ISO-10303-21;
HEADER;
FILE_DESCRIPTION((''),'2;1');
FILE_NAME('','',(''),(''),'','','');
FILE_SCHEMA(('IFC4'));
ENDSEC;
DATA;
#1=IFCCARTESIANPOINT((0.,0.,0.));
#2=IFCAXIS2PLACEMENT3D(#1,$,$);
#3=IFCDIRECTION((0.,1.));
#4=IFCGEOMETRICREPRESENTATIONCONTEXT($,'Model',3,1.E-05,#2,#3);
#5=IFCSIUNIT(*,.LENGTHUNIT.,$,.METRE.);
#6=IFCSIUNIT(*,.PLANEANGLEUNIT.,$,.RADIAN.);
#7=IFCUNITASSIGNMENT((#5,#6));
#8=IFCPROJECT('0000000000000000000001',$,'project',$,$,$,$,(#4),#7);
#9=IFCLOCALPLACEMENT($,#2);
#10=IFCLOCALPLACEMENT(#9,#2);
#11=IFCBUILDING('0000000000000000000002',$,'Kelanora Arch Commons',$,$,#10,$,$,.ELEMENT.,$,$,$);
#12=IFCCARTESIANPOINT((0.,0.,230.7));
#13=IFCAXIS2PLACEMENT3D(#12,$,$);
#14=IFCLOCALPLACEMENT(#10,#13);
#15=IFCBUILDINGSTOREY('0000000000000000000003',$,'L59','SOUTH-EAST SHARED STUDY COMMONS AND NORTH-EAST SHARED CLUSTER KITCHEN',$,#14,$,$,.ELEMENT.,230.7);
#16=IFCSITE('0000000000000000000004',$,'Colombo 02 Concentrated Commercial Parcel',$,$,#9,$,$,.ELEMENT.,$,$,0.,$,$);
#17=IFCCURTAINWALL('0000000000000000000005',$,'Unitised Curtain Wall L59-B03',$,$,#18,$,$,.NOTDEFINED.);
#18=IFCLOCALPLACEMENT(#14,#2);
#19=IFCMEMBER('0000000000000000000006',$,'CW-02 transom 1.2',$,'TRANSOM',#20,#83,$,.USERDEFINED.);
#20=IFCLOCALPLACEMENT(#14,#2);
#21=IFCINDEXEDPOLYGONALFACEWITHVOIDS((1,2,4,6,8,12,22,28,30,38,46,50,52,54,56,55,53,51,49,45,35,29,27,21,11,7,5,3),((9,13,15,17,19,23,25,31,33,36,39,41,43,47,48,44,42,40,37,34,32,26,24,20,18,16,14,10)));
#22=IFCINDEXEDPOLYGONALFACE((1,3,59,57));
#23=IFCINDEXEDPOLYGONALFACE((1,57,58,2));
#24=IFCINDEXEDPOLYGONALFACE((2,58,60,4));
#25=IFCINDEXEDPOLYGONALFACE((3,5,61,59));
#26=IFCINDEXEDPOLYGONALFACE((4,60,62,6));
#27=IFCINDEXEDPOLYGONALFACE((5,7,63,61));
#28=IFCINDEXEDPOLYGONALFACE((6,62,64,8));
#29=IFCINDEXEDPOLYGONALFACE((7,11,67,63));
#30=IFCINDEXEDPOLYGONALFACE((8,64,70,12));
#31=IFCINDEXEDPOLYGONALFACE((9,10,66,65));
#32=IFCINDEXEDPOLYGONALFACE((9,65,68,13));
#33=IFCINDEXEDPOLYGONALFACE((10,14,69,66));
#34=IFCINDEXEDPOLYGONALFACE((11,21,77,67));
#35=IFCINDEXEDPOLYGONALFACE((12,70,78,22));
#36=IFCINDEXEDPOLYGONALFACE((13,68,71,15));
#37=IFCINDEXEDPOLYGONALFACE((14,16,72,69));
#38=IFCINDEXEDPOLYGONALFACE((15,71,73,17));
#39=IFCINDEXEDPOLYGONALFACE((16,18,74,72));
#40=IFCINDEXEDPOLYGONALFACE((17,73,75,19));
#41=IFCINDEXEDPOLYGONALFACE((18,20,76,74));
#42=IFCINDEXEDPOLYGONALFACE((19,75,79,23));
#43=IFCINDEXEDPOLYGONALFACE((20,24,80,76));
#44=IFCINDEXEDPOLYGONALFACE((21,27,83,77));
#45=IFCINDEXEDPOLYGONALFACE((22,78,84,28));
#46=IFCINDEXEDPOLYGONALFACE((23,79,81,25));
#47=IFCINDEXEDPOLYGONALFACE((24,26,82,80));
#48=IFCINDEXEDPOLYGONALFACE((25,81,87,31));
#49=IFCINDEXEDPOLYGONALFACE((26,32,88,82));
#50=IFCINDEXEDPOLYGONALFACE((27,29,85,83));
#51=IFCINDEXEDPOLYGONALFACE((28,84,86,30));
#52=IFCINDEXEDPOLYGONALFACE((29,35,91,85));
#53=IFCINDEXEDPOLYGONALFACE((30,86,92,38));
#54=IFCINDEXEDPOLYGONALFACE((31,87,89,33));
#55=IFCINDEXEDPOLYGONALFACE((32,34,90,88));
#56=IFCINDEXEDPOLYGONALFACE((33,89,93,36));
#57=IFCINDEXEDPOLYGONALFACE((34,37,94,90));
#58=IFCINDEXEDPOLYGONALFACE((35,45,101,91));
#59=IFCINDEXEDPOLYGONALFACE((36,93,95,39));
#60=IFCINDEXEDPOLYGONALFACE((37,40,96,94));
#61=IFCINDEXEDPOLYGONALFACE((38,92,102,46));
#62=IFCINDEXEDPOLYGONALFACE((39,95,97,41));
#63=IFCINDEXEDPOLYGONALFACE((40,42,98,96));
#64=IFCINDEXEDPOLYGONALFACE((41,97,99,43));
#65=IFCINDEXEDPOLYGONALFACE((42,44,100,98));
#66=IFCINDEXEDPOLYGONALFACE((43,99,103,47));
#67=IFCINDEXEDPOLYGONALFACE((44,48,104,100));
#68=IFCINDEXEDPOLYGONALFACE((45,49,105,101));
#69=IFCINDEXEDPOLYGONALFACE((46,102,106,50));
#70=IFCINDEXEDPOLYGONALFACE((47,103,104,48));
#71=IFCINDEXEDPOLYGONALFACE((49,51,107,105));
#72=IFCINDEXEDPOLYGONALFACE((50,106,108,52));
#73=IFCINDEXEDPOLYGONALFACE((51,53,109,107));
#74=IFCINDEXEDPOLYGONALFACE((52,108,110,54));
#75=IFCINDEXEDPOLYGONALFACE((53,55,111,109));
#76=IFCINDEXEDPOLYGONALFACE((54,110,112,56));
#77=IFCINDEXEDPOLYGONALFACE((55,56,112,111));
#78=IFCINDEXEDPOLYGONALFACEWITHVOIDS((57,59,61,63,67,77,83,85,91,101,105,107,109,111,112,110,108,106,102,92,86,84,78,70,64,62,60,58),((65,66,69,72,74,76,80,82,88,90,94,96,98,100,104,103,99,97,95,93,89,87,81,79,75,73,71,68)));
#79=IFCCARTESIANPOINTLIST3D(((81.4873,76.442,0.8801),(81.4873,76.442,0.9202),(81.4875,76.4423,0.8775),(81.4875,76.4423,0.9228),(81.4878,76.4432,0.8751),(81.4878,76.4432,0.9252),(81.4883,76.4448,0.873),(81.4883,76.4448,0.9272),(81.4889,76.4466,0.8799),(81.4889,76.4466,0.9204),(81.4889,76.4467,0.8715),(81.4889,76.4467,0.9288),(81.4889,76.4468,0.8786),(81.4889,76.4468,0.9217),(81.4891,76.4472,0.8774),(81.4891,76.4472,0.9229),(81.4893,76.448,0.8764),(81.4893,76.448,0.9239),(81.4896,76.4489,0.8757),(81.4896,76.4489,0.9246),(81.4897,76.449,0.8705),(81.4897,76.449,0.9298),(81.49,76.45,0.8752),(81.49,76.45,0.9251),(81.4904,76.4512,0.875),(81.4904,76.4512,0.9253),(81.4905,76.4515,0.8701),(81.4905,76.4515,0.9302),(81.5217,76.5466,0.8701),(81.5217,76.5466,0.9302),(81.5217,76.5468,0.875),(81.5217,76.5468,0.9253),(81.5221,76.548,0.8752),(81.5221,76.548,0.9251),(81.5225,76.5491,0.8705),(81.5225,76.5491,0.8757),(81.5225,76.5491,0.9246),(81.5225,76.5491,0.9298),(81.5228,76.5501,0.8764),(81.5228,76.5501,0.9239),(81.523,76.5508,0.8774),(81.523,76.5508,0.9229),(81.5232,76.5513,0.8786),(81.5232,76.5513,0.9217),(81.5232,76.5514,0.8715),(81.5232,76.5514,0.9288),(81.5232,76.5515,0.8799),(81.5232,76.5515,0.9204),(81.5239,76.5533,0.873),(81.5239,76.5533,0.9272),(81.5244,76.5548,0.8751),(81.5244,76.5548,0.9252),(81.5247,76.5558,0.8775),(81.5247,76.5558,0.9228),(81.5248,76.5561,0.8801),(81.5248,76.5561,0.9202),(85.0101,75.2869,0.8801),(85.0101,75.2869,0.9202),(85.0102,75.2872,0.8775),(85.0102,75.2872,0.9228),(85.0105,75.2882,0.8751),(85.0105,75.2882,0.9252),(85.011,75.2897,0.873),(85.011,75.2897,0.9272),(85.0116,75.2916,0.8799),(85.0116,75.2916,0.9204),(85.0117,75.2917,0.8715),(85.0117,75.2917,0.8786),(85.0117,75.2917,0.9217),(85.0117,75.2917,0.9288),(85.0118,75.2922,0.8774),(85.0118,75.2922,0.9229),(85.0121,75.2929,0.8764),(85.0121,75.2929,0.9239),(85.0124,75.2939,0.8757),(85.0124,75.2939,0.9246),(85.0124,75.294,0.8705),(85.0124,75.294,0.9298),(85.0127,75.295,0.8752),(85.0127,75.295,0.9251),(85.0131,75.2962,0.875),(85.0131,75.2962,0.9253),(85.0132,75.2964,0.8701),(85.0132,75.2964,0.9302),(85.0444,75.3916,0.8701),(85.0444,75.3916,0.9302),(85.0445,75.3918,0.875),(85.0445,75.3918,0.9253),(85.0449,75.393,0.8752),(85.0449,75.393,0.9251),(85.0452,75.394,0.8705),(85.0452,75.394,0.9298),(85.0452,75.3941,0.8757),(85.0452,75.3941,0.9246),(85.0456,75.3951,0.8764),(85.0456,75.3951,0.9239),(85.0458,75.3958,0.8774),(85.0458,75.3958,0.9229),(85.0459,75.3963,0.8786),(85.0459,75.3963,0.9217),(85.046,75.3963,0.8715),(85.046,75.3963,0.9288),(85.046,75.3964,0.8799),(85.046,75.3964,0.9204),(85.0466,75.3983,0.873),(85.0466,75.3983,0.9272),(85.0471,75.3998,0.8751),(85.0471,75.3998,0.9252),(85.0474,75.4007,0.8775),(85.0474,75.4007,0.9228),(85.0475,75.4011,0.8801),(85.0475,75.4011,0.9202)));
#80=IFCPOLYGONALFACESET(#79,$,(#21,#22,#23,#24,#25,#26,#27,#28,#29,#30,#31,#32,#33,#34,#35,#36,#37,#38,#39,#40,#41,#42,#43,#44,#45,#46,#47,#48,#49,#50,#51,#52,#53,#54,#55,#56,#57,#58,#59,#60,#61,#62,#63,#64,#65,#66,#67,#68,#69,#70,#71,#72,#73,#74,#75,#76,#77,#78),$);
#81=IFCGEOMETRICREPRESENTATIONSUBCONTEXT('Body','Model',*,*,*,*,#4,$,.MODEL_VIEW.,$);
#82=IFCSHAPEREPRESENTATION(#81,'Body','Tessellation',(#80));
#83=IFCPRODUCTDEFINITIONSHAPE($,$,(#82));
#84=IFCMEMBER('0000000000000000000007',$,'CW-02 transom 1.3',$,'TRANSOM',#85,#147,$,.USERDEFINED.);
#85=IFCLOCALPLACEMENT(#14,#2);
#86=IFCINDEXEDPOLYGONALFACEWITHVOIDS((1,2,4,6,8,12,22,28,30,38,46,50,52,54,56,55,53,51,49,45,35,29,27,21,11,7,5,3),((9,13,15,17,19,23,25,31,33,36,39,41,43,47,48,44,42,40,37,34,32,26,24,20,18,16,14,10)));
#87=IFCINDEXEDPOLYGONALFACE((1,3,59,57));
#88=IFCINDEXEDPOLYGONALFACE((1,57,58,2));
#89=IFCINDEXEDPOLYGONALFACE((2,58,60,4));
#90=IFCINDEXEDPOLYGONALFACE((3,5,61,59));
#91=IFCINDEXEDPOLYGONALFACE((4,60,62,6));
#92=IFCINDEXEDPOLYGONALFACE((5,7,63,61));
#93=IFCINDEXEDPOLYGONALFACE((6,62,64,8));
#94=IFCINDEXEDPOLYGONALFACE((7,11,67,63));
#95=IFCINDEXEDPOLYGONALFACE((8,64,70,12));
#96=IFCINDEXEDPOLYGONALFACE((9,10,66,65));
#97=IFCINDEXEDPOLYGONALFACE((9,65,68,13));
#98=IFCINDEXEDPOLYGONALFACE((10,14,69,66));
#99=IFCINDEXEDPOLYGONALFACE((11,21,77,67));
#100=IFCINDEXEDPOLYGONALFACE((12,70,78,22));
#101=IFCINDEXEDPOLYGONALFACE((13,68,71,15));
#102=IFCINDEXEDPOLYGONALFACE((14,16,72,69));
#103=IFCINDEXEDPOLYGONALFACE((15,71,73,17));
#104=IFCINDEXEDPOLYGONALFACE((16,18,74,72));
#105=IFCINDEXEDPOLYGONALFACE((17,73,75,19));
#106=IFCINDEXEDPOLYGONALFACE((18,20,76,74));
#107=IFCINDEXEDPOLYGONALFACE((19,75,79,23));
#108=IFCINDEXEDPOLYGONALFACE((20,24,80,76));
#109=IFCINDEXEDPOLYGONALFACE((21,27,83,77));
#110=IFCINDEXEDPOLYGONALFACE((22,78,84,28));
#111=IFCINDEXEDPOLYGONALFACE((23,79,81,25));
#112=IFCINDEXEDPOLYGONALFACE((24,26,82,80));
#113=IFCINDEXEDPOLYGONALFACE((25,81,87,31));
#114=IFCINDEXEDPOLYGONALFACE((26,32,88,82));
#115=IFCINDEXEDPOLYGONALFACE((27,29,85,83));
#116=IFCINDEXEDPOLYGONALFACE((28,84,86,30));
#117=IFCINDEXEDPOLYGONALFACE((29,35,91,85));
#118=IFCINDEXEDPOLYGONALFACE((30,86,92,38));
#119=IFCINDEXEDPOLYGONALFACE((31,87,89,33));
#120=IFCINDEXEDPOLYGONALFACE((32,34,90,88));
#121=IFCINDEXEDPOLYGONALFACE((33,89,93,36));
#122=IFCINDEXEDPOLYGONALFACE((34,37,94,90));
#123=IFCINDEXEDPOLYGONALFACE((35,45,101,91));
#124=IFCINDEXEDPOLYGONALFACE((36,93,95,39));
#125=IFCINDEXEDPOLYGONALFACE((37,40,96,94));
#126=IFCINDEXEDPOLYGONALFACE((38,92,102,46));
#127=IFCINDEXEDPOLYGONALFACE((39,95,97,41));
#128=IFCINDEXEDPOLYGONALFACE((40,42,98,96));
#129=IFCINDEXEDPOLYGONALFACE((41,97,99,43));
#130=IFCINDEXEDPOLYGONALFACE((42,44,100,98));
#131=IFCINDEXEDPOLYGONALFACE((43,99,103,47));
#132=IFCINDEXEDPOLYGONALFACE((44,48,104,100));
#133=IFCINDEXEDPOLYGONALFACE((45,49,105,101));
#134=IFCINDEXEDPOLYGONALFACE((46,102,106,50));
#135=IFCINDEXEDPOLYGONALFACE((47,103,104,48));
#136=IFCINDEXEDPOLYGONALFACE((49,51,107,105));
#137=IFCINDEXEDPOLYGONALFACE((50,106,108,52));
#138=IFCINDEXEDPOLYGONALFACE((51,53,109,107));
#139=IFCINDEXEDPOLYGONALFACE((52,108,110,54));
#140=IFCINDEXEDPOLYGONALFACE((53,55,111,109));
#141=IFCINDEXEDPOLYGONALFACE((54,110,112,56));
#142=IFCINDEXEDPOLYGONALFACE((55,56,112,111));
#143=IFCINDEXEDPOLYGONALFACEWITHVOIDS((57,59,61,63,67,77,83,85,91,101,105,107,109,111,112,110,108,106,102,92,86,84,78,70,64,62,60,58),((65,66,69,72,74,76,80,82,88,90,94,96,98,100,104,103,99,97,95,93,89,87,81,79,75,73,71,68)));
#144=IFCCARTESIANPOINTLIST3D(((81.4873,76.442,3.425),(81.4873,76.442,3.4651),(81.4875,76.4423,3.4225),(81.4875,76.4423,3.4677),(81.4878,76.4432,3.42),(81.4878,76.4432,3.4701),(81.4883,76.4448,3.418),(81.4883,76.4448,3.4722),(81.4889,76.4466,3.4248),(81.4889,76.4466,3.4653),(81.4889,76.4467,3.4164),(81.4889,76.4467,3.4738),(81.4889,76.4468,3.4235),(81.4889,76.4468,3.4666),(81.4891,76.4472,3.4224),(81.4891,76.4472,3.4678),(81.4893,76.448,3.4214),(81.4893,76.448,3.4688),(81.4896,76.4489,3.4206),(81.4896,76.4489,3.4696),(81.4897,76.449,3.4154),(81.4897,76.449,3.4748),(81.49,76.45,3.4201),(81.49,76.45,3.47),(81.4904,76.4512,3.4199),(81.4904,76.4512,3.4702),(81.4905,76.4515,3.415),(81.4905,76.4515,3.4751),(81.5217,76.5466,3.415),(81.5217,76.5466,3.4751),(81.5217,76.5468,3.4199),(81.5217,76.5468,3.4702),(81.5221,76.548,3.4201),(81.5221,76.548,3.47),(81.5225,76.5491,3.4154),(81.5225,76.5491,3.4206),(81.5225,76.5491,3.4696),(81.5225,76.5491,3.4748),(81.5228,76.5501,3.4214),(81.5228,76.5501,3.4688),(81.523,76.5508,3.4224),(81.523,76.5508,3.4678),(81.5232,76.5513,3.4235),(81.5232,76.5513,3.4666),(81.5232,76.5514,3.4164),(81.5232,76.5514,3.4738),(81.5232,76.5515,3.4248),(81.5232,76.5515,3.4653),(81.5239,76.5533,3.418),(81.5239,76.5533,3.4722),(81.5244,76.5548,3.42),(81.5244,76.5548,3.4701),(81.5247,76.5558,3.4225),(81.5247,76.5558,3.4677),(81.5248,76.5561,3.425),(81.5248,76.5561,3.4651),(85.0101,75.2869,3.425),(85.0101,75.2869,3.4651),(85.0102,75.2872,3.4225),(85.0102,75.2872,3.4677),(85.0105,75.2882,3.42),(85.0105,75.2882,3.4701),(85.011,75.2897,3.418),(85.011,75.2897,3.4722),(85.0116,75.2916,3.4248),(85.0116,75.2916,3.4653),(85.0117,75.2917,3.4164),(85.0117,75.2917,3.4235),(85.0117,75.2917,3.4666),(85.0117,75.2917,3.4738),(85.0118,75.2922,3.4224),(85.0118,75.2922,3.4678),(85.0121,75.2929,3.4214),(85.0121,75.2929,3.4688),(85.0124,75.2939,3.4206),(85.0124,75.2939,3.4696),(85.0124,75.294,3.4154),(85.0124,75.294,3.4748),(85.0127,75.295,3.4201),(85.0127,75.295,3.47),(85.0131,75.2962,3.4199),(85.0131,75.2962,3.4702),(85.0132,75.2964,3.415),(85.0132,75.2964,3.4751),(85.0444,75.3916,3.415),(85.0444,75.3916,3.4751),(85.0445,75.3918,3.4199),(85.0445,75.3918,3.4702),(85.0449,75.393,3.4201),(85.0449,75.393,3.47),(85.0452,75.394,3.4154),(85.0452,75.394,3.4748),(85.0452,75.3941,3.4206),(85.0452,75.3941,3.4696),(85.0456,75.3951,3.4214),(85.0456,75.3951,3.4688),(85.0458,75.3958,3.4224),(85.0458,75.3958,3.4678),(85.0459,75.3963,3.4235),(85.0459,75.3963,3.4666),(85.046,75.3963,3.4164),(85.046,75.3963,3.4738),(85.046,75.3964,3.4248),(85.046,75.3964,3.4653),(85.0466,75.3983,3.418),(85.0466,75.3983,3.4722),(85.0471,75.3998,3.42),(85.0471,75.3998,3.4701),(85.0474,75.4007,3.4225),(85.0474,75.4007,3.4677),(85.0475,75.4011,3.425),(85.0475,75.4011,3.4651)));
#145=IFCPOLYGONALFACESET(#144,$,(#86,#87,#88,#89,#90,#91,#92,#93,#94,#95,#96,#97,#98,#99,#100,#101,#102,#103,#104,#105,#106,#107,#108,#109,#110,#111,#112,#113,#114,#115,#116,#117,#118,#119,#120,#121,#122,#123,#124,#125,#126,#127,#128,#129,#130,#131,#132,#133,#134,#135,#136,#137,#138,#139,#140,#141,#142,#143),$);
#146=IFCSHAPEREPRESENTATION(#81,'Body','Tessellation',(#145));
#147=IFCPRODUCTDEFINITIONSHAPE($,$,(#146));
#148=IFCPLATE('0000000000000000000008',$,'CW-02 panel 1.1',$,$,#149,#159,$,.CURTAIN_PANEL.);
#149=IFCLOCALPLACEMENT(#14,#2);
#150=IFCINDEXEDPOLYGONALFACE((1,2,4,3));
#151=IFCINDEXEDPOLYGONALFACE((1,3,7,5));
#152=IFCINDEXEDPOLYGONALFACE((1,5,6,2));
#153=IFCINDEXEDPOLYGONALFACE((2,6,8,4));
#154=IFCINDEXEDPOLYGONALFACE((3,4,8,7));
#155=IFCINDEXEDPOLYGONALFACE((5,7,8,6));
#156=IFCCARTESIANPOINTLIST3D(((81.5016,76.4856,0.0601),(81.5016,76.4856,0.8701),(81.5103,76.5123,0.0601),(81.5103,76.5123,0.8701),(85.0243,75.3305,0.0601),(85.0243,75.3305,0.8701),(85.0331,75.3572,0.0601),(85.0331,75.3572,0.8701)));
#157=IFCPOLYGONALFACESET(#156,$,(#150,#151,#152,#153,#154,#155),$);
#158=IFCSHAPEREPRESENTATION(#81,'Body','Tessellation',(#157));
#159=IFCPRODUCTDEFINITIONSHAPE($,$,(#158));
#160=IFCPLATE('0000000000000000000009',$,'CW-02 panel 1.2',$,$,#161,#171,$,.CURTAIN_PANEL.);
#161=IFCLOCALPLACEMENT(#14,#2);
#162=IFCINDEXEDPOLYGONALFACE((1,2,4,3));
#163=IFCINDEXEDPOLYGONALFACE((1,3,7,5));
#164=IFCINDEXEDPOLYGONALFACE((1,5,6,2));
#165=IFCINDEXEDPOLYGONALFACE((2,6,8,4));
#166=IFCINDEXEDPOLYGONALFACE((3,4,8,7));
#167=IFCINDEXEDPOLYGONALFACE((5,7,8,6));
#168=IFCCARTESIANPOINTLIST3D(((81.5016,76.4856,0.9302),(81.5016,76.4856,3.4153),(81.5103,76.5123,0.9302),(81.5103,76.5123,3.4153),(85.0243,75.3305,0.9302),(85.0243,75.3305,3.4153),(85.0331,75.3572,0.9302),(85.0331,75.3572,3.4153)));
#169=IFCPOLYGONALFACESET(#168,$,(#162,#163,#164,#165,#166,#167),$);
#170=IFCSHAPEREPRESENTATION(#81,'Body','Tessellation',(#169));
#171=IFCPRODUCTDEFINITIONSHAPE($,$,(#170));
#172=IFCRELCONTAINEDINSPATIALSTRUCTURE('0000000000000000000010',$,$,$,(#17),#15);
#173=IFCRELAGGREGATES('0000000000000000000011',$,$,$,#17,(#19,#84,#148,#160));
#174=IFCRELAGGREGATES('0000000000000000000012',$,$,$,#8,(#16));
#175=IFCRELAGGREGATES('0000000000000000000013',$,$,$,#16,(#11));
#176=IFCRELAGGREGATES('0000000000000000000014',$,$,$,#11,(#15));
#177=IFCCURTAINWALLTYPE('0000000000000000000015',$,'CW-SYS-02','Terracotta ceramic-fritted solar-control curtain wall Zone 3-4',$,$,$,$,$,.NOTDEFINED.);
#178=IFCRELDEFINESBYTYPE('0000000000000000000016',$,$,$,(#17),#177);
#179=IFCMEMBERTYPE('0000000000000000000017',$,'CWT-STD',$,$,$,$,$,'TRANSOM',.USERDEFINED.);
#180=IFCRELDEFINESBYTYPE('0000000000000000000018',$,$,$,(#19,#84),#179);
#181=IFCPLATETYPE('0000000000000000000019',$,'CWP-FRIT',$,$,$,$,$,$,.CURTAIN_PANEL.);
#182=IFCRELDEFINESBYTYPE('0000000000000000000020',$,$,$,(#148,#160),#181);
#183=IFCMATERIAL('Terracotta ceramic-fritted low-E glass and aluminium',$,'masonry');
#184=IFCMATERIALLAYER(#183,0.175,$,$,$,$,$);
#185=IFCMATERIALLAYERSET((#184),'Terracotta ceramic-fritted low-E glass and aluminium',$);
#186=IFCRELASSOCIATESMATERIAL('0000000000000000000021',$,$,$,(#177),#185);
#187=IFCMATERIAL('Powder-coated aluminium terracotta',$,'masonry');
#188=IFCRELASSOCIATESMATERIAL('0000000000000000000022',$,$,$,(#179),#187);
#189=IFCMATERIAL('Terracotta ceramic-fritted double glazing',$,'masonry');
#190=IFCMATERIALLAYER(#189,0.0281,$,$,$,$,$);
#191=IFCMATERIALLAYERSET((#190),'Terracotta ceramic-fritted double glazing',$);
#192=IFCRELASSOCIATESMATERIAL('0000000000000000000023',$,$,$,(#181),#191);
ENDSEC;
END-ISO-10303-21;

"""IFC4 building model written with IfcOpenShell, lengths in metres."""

from ifc_helpers import new_model, si_unit, direction, frame, origin, origin_2d, place, context, subcontext, project, spatial, rectangle, hollow_rectangle, extrude, source, transform, mapped, material, layer, layer_set, material_profile, profile_set, type_object, element, aggregate, save


model = new_model("IFC4")

# Units and contexts
model_context = context("Model", 3, precision=1e-05, world=origin(), true_north=direction((0.0, 1.0)))
body_context = subcontext(model_context, "Body", "Model", "MODEL_VIEW")
ifc_project = project(units=[si_unit("LENGTHUNIT", "METRE"), si_unit("PLANEANGLEUNIT", "RADIAN")], contexts=[model_context])

# Site, building, storey
site_placement = place(None, origin())
site = spatial("IfcSite", under=ifc_project, at=site_placement, Name="Colombo 02 Concentrated Commercial Parcel", CompositionType="ELEMENT", RefElevation=0.0)
building_placement = place(site_placement, origin())
building = spatial("IfcBuilding", under=site, at=building_placement, Name="Kelanora Arch Commons", CompositionType="ELEMENT")
storey_placement = place(building_placement, frame((0.0, 0.0, 230.7)))
storey = spatial("IfcBuildingStorey", under=building, at=storey_placement, Name="L59", Description="SOUTH-EAST SHARED STUDY COMMONS AND NORTH-EAST SHARED CLUSTER KITCHEN", CompositionType="ELEMENT", Elevation=230.7)

# Shared definitions
ifc_material_1 = material(Name="Terracotta ceramic-fritted low-E glass and aluminium", Category="masonry")
ifc_layer_1 = layer(ifc_material_1, 0.175)
ifc_layer_set_1 = layer_set([ifc_layer_1], Name="Terracotta ceramic-fritted low-E glass and aluminium")
curtain_wall_type = type_object("IfcCurtainWallType", Name="CW-SYS-02", Description="Terracotta ceramic-fritted solar-control curtain wall Zone 3-4", PredefinedType="NOTDEFINED", material=ifc_layer_set_1)
ifc_material_2 = material(Name="Powder-coated aluminium terracotta", Category="masonry")

# Curtain wall, members, plates
curtain_wall_1_placement = place(storey_placement, origin())
curtain_wall_1 = element("IfcCurtainWall", 1, at=curtain_wall_1_placement, inside=storey, type_object=curtain_wall_type, Name="Unitised Curtain Wall L59-B03", PredefinedType="NOTDEFINED")
ifc_material_profile_1 = material_profile(ifc_material_2, hollow_rectangle(XDim=0.1201, YDim=0.0601, WallThickness=0.0049, InnerFilletRadius=0.0049, OuterFilletRadius=0.01, at=origin_2d()), Name="CWT120x60")
ifc_profile_set_1 = profile_set([ifc_material_profile_1], Name="Powder-coated aluminium terracotta")
member_type_1 = type_object("IfcMemberType", Name="CWT-STD", ElementType="TRANSOM", PredefinedType="USERDEFINED", material=ifc_profile_set_1)
member_1_placement = place(storey_placement, frame((85.0288, 75.344, 0.9001), z_axis=(-0.950226, 0.311561, 0.0), x_axis=(-0.311561, -0.950226, 0.0)))
member_1 = element("IfcMember", 2, at=member_1_placement, type_object=member_type_1, Name="CW-02 transom 1.2", ObjectType="TRANSOM", PredefinedType="USERDEFINED", context=body_context, shape_type="SweptSolid", body=[
    extrude(hollow_rectangle(XDim=0.1201, YDim=0.0601, WallThickness=0.0049, InnerFilletRadius=0.0049, OuterFilletRadius=0.01, at=origin_2d()), origin(), (0.0, 0.0, 1.0), 3.7073),
])
member_2_placement = place(storey_placement, frame((85.0288, 75.344, 3.4451), z_axis=(-0.950226, 0.311561, 0.0), x_axis=(-0.311561, -0.950226, 0.0)))
member_2 = element("IfcMember", 3, at=member_2_placement, type_object=member_type_1, Name="CW-02 transom 1.3", ObjectType="TRANSOM", PredefinedType="USERDEFINED", context=body_context, shape_type="SweptSolid", body=[
    extrude(hollow_rectangle(XDim=0.1201, YDim=0.0601, WallThickness=0.0049, InnerFilletRadius=0.0049, OuterFilletRadius=0.01, at=origin_2d()), origin(), (0.0, 0.0, 1.0), 3.7073),
])
ifc_material_3 = material(Name="Terracotta ceramic-fritted double glazing", Category="masonry")
ifc_layer_2 = layer(ifc_material_3, 0.0281)
ifc_layer_set_2 = layer_set([ifc_layer_2], Name="Terracotta ceramic-fritted double glazing")
plate_type = type_object("IfcPlateType", Name="CWP-FRIT", PredefinedType="CURTAIN_PANEL", material=ifc_layer_set_2)
shared_shape_1 = source(origin(), body_context, "Body", "SweptSolid", [
    extrude(rectangle(XDim=3.7073, YDim=0.0281, at=origin_2d()), origin(), (0.0, 0.0, 1.0), 0.8101),
])
plate_1_placement = place(storey_placement, frame((83.2673, 75.9214, 0.0601), z_axis=(0.0, 0.0, 1.0), x_axis=(-0.950219, 0.311582, 0.0)))
plate_1 = element("IfcPlate", 4, at=plate_1_placement, type_object=plate_type, Name="CW-02 panel 1.1", PredefinedType="CURTAIN_PANEL", context=body_context, shape_type="MappedRepresentation", body=[
    mapped(shared_shape_1, transform((0.0, 0.0, 0.0), scale=1.0)),
])
shared_shape_2 = source(origin(), body_context, "Body", "SweptSolid", [
    extrude(rectangle(XDim=3.7073, YDim=0.0281, at=origin_2d()), origin(), (0.0, 0.0, 1.0), 2.4851),
])
plate_2_placement = place(storey_placement, frame((83.2673, 75.9214, 0.9302), z_axis=(0.0, 0.0, 1.0), x_axis=(-0.950219, 0.311582, 0.0)))
plate_2 = element("IfcPlate", 5, at=plate_2_placement, type_object=plate_type, Name="CW-02 panel 1.2", PredefinedType="CURTAIN_PANEL", context=body_context, shape_type="MappedRepresentation", body=[
    mapped(shared_shape_2, transform((0.0, 0.0, 0.0), scale=1.0)),
])
aggregate(curtain_wall_1, [member_1, member_2, plate_1, plate_2])

save(model, "model.ifc")
